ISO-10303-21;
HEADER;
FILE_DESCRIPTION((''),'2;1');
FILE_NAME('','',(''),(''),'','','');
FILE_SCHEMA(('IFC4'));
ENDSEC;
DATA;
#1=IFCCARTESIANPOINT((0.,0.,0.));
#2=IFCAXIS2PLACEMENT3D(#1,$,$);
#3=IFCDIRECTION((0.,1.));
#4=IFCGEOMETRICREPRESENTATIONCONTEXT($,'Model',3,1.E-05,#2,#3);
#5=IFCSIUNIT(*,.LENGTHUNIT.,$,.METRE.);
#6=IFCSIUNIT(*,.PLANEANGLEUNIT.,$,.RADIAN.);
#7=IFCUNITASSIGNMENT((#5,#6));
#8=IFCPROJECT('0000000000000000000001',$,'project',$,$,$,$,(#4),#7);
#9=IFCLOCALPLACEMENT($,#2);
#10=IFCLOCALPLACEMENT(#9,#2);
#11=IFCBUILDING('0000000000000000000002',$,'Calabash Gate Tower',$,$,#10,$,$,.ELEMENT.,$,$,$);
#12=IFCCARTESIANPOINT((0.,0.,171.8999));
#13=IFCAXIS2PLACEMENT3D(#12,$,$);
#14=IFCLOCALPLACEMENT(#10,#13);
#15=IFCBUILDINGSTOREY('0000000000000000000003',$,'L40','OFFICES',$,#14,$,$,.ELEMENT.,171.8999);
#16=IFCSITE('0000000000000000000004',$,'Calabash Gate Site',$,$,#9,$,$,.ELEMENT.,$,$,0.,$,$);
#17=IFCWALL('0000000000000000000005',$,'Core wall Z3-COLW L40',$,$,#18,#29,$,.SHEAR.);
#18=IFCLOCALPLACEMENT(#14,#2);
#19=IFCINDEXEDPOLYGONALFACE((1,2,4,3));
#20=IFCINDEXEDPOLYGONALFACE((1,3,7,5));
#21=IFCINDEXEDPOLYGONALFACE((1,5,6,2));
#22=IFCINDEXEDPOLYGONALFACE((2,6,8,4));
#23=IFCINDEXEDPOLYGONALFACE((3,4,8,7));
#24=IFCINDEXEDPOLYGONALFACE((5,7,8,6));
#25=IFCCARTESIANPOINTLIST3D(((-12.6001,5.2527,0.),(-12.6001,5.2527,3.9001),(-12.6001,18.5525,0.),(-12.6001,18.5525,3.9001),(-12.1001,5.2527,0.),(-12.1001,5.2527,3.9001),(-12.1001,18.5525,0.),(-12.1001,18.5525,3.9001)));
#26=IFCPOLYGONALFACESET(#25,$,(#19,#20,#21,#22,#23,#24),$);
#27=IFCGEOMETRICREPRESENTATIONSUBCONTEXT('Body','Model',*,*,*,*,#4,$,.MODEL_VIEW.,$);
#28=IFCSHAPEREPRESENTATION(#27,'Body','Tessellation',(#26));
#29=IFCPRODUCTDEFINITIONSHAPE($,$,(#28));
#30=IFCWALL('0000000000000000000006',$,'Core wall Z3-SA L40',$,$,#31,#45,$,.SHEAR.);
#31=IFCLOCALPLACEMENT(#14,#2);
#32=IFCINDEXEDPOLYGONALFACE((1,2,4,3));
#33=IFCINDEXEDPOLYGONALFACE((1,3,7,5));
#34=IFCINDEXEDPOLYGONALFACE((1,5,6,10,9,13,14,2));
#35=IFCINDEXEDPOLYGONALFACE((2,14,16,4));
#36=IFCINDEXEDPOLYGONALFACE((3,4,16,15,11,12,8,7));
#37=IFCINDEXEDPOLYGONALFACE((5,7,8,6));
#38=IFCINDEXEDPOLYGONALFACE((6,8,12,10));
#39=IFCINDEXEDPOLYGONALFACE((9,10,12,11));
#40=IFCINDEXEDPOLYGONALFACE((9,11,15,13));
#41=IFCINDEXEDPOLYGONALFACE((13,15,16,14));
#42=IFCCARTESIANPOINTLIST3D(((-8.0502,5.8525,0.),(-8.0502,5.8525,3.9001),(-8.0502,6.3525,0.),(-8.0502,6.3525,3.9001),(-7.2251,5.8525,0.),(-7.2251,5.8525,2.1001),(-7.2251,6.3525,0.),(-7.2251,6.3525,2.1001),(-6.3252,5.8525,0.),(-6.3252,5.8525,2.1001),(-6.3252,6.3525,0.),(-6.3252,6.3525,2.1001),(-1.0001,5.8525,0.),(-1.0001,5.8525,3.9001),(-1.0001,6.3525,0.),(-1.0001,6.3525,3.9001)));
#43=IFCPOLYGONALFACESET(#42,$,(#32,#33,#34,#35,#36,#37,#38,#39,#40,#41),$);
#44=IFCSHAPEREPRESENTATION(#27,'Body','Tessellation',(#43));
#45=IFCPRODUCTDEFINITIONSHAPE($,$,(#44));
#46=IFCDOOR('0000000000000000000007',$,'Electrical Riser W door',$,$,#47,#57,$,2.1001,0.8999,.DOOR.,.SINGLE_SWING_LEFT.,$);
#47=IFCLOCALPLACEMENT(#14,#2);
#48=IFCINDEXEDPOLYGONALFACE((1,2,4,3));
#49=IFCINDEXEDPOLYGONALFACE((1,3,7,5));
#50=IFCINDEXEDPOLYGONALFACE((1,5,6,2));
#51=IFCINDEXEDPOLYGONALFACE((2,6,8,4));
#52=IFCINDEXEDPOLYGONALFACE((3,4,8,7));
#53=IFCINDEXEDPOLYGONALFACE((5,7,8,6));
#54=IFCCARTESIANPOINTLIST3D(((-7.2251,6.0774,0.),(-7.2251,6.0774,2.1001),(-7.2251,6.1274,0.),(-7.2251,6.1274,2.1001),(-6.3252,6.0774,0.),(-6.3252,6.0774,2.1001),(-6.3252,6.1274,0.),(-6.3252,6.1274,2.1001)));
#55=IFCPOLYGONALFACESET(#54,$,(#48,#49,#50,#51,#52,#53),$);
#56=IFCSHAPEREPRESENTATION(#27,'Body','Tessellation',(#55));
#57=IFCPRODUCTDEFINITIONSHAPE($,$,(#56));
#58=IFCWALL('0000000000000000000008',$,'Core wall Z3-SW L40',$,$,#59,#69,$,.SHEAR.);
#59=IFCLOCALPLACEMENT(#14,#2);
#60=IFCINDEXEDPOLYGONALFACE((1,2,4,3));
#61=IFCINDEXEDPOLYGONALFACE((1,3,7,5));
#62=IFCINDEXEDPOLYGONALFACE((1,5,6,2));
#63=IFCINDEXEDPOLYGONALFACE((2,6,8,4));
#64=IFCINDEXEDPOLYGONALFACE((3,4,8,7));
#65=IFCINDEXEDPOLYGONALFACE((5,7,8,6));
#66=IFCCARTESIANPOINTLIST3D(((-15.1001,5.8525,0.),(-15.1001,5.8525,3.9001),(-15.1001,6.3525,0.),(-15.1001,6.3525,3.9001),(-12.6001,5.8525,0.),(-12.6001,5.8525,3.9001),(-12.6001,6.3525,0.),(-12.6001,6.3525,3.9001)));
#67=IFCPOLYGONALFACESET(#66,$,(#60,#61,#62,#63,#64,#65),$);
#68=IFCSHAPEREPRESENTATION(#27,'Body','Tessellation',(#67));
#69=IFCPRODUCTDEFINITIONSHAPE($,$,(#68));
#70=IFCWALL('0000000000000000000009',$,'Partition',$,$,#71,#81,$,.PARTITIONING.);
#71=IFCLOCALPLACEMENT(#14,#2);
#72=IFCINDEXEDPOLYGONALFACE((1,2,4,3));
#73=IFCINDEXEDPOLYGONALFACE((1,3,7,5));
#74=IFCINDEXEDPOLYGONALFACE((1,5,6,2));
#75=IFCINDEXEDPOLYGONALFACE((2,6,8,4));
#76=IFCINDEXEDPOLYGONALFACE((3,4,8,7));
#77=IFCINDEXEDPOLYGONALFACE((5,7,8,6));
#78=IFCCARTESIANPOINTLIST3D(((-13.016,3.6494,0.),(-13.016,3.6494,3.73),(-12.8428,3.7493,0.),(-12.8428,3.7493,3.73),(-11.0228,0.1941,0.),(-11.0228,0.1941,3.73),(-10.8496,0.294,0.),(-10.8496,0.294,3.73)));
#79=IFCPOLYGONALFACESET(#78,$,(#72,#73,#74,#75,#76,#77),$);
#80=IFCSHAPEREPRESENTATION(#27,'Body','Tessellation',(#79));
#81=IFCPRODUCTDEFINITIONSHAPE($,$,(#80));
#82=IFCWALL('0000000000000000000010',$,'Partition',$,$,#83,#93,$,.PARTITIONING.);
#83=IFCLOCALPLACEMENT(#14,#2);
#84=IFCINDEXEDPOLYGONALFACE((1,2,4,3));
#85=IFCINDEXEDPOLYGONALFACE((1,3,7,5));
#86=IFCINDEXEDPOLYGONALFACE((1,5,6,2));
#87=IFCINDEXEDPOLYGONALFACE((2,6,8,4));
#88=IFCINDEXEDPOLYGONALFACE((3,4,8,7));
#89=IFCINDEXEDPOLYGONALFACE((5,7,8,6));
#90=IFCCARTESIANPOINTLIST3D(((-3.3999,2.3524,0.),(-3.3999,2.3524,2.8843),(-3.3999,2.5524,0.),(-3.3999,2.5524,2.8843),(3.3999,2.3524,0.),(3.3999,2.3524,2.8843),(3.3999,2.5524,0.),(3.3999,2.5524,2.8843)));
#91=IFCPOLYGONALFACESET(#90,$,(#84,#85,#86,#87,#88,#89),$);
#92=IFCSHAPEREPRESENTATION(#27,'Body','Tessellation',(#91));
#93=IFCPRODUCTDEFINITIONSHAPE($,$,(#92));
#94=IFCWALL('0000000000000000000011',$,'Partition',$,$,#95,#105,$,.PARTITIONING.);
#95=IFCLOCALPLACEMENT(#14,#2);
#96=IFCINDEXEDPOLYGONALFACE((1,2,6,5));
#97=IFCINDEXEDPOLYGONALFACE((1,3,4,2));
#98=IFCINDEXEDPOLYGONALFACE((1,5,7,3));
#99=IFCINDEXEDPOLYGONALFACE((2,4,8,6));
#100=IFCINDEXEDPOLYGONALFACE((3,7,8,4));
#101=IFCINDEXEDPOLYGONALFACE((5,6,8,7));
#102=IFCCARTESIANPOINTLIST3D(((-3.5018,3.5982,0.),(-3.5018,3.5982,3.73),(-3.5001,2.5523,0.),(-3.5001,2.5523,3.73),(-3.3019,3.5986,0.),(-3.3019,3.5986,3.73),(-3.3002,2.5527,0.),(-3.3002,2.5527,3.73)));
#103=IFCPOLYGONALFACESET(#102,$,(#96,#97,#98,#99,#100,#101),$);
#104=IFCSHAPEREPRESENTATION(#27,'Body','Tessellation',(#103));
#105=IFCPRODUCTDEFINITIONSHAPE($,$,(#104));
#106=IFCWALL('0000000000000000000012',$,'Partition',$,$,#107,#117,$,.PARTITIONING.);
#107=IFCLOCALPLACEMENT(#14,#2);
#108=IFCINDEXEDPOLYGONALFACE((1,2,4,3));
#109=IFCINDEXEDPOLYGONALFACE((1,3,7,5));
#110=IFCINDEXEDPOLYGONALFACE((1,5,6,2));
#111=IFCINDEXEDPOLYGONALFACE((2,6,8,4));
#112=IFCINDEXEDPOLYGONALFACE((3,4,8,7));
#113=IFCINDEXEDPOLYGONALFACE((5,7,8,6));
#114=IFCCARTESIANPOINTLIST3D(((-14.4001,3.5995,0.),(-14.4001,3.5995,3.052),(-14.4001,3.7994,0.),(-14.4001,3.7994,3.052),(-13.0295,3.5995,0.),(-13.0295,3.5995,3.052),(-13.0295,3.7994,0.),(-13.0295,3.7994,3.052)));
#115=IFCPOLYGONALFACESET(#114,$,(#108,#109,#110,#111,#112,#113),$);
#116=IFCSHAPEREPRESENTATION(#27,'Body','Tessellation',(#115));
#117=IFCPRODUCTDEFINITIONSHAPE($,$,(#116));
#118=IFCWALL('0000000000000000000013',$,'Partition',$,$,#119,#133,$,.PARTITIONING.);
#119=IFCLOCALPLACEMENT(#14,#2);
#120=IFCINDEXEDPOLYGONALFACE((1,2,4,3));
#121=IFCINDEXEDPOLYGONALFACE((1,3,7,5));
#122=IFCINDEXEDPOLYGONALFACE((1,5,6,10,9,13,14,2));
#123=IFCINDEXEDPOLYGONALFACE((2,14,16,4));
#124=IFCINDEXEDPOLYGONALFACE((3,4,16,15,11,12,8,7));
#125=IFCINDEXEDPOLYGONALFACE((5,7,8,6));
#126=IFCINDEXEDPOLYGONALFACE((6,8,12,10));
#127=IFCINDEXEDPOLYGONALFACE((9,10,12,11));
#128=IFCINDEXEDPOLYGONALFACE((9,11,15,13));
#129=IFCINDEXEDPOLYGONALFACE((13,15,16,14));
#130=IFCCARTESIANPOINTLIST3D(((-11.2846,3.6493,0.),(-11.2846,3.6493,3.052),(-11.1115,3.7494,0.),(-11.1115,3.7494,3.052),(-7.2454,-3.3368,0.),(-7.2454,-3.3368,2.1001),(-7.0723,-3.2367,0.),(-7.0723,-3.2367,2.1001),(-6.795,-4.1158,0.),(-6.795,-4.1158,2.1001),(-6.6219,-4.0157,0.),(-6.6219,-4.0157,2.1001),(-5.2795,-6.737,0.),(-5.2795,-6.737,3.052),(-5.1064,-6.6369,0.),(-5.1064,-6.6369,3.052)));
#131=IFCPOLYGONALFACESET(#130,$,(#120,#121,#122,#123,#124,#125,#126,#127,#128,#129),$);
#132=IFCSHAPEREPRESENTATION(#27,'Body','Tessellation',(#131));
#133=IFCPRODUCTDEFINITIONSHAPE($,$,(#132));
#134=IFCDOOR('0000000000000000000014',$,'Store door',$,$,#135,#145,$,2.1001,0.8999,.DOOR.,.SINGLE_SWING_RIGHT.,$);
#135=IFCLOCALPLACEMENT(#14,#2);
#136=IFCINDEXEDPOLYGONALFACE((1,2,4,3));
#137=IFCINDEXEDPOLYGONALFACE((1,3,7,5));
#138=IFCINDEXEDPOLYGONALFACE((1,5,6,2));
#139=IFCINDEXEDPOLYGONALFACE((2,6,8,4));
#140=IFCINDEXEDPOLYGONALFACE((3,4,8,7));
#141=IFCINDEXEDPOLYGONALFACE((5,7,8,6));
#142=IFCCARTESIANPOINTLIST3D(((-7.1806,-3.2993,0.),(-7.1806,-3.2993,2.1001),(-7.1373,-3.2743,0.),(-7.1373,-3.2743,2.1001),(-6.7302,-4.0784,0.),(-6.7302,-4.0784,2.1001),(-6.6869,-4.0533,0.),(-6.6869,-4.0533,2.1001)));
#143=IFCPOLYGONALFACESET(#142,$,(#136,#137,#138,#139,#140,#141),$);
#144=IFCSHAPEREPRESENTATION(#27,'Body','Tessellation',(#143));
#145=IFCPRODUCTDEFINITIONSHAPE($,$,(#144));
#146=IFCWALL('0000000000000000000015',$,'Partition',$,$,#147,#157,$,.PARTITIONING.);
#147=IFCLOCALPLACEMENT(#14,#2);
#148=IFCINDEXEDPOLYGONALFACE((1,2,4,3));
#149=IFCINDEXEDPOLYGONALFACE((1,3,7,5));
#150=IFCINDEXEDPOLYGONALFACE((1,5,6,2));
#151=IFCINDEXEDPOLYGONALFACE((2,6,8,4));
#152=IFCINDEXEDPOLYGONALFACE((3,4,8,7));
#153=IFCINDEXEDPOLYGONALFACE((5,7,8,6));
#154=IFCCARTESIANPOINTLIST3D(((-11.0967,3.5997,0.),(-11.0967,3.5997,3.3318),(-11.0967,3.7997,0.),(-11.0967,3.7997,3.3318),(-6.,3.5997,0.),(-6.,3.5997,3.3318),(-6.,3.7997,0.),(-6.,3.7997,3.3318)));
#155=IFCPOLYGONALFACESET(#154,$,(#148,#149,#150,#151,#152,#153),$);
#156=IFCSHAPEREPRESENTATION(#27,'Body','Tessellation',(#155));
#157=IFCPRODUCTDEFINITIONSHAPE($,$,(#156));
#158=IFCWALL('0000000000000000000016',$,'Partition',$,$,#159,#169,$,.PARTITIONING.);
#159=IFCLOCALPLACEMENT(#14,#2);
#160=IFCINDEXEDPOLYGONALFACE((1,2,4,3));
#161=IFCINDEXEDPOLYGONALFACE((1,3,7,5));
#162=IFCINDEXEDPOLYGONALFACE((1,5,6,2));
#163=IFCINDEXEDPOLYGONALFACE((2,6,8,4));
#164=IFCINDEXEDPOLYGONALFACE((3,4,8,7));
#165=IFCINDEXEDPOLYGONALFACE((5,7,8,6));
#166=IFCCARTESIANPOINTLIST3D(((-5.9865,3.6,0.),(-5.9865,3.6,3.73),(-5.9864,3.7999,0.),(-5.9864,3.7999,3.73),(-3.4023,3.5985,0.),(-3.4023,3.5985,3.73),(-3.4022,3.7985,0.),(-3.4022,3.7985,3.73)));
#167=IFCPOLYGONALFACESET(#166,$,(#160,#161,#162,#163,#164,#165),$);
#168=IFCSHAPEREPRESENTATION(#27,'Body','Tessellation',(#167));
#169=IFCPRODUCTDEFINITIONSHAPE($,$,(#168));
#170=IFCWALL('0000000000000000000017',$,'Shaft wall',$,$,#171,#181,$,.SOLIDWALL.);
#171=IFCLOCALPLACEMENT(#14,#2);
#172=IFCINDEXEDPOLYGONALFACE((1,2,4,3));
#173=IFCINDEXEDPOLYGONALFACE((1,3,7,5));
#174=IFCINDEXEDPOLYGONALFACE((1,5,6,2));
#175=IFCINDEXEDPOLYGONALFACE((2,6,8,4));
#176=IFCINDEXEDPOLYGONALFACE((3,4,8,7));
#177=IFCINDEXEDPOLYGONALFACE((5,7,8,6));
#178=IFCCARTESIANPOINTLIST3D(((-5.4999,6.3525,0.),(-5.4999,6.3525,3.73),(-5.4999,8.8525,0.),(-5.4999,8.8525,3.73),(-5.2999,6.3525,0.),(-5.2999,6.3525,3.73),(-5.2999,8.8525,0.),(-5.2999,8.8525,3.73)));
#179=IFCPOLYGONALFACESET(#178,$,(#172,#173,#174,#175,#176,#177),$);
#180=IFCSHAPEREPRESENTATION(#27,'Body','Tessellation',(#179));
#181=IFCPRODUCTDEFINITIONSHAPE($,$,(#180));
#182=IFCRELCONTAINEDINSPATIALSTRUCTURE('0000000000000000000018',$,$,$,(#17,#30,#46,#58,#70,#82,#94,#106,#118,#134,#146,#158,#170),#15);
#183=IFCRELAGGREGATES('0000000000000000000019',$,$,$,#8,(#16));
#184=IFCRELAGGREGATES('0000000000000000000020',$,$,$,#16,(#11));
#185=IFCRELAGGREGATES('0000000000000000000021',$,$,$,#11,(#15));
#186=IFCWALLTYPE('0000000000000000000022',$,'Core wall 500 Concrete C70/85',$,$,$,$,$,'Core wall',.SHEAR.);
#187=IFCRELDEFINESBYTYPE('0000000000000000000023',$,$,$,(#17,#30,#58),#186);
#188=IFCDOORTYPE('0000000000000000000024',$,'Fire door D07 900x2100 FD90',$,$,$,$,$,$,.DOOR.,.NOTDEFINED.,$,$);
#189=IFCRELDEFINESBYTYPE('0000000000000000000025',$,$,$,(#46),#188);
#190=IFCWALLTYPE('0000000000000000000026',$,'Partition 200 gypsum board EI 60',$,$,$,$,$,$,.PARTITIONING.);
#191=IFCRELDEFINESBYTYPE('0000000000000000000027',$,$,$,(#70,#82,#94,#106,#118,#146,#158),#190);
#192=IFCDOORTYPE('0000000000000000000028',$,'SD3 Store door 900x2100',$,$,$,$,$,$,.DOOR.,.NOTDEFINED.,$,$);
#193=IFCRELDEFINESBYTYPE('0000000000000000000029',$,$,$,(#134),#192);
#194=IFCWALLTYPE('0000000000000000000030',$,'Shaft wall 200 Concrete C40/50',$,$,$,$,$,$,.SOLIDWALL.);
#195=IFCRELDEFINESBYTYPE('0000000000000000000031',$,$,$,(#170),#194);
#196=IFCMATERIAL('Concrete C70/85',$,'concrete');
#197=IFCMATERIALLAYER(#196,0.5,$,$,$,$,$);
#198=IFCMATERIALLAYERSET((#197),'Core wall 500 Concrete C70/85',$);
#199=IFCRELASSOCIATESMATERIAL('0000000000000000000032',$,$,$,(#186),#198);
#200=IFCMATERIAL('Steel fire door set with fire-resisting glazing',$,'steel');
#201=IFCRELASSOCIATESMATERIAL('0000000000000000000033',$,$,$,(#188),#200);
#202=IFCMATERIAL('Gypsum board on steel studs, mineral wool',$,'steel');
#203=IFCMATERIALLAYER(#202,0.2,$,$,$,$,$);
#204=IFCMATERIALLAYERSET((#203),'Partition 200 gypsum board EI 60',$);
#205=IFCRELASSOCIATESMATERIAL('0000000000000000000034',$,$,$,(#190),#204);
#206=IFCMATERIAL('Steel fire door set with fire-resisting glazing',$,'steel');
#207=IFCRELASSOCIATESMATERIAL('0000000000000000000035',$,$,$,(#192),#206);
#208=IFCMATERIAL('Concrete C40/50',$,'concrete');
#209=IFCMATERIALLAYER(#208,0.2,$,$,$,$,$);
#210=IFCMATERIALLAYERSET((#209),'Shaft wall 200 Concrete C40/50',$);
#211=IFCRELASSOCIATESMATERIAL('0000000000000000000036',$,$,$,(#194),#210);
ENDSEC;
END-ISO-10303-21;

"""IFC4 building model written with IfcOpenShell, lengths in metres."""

from ifc_helpers import new_model, si_unit, direction, frame, frame_2d, origin, place, context, subcontext, project, spatial, rectangle, extrude, material, layer, layer_set, type_object, element, fill, save


model = new_model("IFC4")

# Units and contexts
model_context = context("Model", 3, precision=1e-05, world=origin(), true_north=direction((0.0, 1.0)))
body_context = subcontext(model_context, "Body", "Model", "MODEL_VIEW")
ifc_project = project(units=[si_unit("LENGTHUNIT", "METRE"), si_unit("PLANEANGLEUNIT", "RADIAN")], contexts=[model_context])

# Site, building, storey
site_placement = place(None, origin())
site = spatial("IfcSite", under=ifc_project, at=site_placement, Name="Calabash Gate Site", CompositionType="ELEMENT", RefElevation=0.0)
building_placement = place(site_placement, origin())
building = spatial("IfcBuilding", under=site, at=building_placement, Name="Calabash Gate Tower", CompositionType="ELEMENT")
storey_placement = place(building_placement, frame((0.0, 0.0, 171.8999)))
storey = spatial("IfcBuildingStorey", under=building, at=storey_placement, Name="L40", Description="OFFICES", CompositionType="ELEMENT", Elevation=171.8999)

# Wall
ifc_material_1 = material(Name="Concrete C70/85", Category="concrete")
ifc_layer_1 = layer(ifc_material_1, 0.5)
ifc_layer_set_1 = layer_set([ifc_layer_1], Name="Core wall 500 Concrete C70/85")
wall_type_1 = type_object("IfcWallType", Name="Core wall 500 Concrete C70/85", ElementType="Core wall", PredefinedType="SHEAR", material=ifc_layer_set_1)
wall_1_placement = place(storey_placement, frame((-12.3501, 5.2527, 0.0), z_axis=(0.0, 0.0, 1.0), x_axis=(0.0, 1.0, 0.0)))
element("IfcWall", 1, at=wall_1_placement, inside=storey, type_object=wall_type_1, Name="Core wall Z3-COLW L40", PredefinedType="SHEAR", context=body_context, shape_type="SweptSolid", body=[
    extrude(rectangle(XDim=13.2998, YDim=0.5, at=frame_2d((6.6499, 0.0))), origin(), (0.0, 0.0, 1.0), 3.9001),
])

# Wall, opening, door
wall_2_placement = place(storey_placement, frame((-8.05, 6.1025, 0.0), z_axis=(0.0, 0.0, 1.0), x_axis=(1.0, 0.0, 0.0)))
wall_2 = element("IfcWall", 2, at=wall_2_placement, inside=storey, type_object=wall_type_1, Name="Core wall Z3-SA L40", PredefinedType="SHEAR", context=body_context, shape_type="SweptSolid", body=[
    extrude(rectangle(XDim=7.05, YDim=0.5, at=frame_2d((3.5249, 0.0))), origin(), (0.0, 0.0, 1.0), 3.9001),
])
opening_1_placement = place(wall_2_placement, frame((0.825, 0.0, 0.0)))
opening_1 = element("IfcOpeningElement", 3, at=opening_1_placement, cuts=wall_2, PredefinedType="OPENING", context=body_context, shape_type="SweptSolid", body=[
    extrude(rectangle(XDim=0.8999, YDim=2.1001, at=frame_2d((0.45, 1.05))), frame((0.0, 0.26, 0.0), z_axis=(0.0, -1.0, 0.0), x_axis=(1.0, 0.0, 0.0)), (0.0, 0.0, 1.0), 0.52),
])
ifc_material_2 = material(Name="Steel fire door set with fire-resisting glazing", Category="steel")
door_type_1 = type_object("IfcDoorType", Name="Fire door D07 900x2100 FD90", OperationType="NOTDEFINED", PredefinedType="DOOR", material=ifc_material_2)
door_1_placement = place(opening_1_placement, origin())
door_1 = element("IfcDoor", 4, at=door_1_placement, inside=storey, type_object=door_type_1, Name="Electrical Riser W door", OperationType="SINGLE_SWING_LEFT", OverallHeight=2.1001, OverallWidth=0.8999, PredefinedType="DOOR", context=body_context, shape_type="SweptSolid", body=[
    extrude(rectangle(XDim=0.8999, YDim=2.1001, at=frame_2d((0.45, 1.05))), frame((0.0, 0.0249, 0.0), z_axis=(0.0, -1.0, 0.0), x_axis=(1.0, 0.0, 0.0)), (0.0, 0.0, 1.0), 0.05),
])
fill(opening_1, door_1)

# Walls
wall_3_placement = place(storey_placement, frame((-12.6001, 6.1025, 0.0), z_axis=(0.0, 0.0, 1.0), x_axis=(-1.0, 0.0, 0.0)))
element("IfcWall", 5, at=wall_3_placement, inside=storey, type_object=wall_type_1, Name="Core wall Z3-SW L40", PredefinedType="SHEAR", context=body_context, shape_type="SweptSolid", body=[
    extrude(rectangle(XDim=2.5, YDim=0.5, at=frame_2d((1.25, 0.0))), origin(), (0.0, 0.0, 1.0), 3.9001),
])
ifc_material_3 = material(Name="Gypsum board on steel studs, mineral wool", Category="steel")
ifc_layer_2 = layer(ifc_material_3, 0.2)
ifc_layer_set_2 = layer_set([ifc_layer_2], Name="Partition 200 gypsum board EI 60")
wall_type_2 = type_object("IfcWallType", Name="Partition 200 gypsum board EI 60", PredefinedType="PARTITIONING", material=ifc_layer_set_2)
wall_4_placement = place(storey_placement, frame((-12.9294, 3.6995, 0.0), z_axis=(0.0, 0.0, 1.0), x_axis=(0.499668, -0.866217, 0.0)))
element("IfcWall", 6, at=wall_4_placement, inside=storey, type_object=wall_type_2, Name="Partition", PredefinedType="PARTITIONING", context=body_context, shape_type="SweptSolid", body=[
    extrude(rectangle(XDim=3.989, YDim=0.2, at=frame_2d((1.9946, 0.0))), origin(), (0.0, 0.0, 1.0), 3.73),
])
wall_5_placement = place(storey_placement, frame((-3.3999, 2.4524, 0.0), z_axis=(0.0, 0.0, 1.0), x_axis=(1.0, 0.0, 0.0)))
element("IfcWall", 7, at=wall_5_placement, inside=storey, type_object=wall_type_2, Name="Partition", PredefinedType="PARTITIONING", context=body_context, shape_type="SweptSolid", body=[
    extrude(rectangle(XDim=6.7998, YDim=0.2, at=frame_2d((3.3999, 0.0))), origin(), (0.0, 0.0, 1.0), 2.8843),
])
wall_6_placement = place(storey_placement, frame((-3.4019, 3.5984, 0.0), z_axis=(0.0, 0.0, 1.0), x_axis=(0.001634, -0.999999, 0.0)))
element("IfcWall", 8, at=wall_6_placement, inside=storey, type_object=wall_type_2, Name="Partition", PredefinedType="PARTITIONING", context=body_context, shape_type="SweptSolid", body=[
    extrude(rectangle(XDim=1.0459, YDim=0.2, at=frame_2d((0.5229, 0.0))), origin(), (0.0, 0.0, 1.0), 3.73),
])
wall_7_placement = place(storey_placement, frame((-14.4001, 3.6995, 0.0), z_axis=(0.0, 0.0, 1.0), x_axis=(1.0, 0.0, 0.0)))
element("IfcWall", 9, at=wall_7_placement, inside=storey, type_object=wall_type_2, Name="Partition", PredefinedType="PARTITIONING", context=body_context, shape_type="SweptSolid", body=[
    extrude(rectangle(XDim=1.3706, YDim=0.2, at=frame_2d((0.6853, 0.0))), origin(), (0.0, 0.0, 1.0), 3.052),
])

# Wall, opening, door
wall_8_placement = place(storey_placement, frame((-11.198, 3.6992, 0.0), z_axis=(0.0, 0.0, 1.0), x_axis=(0.50054, -0.865714, 0.0)))
wall_8 = element("IfcWall", 10, at=wall_8_placement, inside=storey, type_object=wall_type_2, Name="Partition", PredefinedType="PARTITIONING", context=body_context, shape_type="SweptSolid", body=[
    extrude(rectangle(XDim=11.9973, YDim=0.2, at=frame_2d((5.9985, 0.0))), origin(), (0.0, 0.0, 1.0), 3.052),
])
opening_2_placement = place(wall_8_placement, frame((8.0696, 0.0, 0.0)))
opening_2 = element("IfcOpeningElement", 11, at=opening_2_placement, cuts=wall_8, PredefinedType="OPENING", context=body_context, shape_type="SweptSolid", body=[
    extrude(rectangle(XDim=0.8999, YDim=2.1001, at=frame_2d((0.45, 1.05))), frame((0.0, 0.1099, 0.0), z_axis=(0.0, -1.0, 0.0), x_axis=(1.0, 0.0, 0.0)), (0.0, 0.0, 1.0), 0.22),
])
ifc_material_4 = material(Name="Steel fire door set with fire-resisting glazing", Category="steel")
door_type_2 = type_object("IfcDoorType", Name="SD3 Store door 900x2100", OperationType="NOTDEFINED", PredefinedType="DOOR", material=ifc_material_4)
door_2_placement = place(opening_2_placement, origin())
door_2 = element("IfcDoor", 12, at=door_2_placement, inside=storey, type_object=door_type_2, Name="Store door", OperationType="SINGLE_SWING_RIGHT", OverallHeight=2.1001, OverallWidth=0.8999, PredefinedType="DOOR", context=body_context, shape_type="SweptSolid", body=[
    extrude(rectangle(XDim=0.8999, YDim=2.1001, at=frame_2d((0.45, 1.05))), frame((0.0, 0.0249, 0.0), z_axis=(0.0, -1.0, 0.0), x_axis=(1.0, 0.0, 0.0)), (0.0, 0.0, 1.0), 0.05),
])
fill(opening_2, door_2)

# Walls
wall_9_placement = place(storey_placement, frame((-11.0967, 3.6997, 0.0), z_axis=(0.0, 0.0, 1.0), x_axis=(1.0, 0.0, 0.0)))
element("IfcWall", 13, at=wall_9_placement, inside=storey, type_object=wall_type_2, Name="Partition", PredefinedType="PARTITIONING", context=body_context, shape_type="SweptSolid", body=[
    extrude(rectangle(XDim=5.0967, YDim=0.2, at=frame_2d((2.5483, 0.0))), origin(), (0.0, 0.0, 1.0), 3.3318),
])
wall_10_placement = place(storey_placement, frame((-5.9863, 3.7, 0.0), z_axis=(0.0, 0.0, 1.0), x_axis=(1.0, -0.000567, 0.0)))
element("IfcWall", 14, at=wall_10_placement, inside=storey, type_object=wall_type_2, Name="Partition", PredefinedType="PARTITIONING", context=body_context, shape_type="SweptSolid", body=[
    extrude(rectangle(XDim=2.5842, YDim=0.2, at=frame_2d((1.292, 0.0))), origin(), (0.0, 0.0, 1.0), 3.73),
])
ifc_material_5 = material(Name="Concrete C40/50", Category="concrete")
ifc_layer_3 = layer(ifc_material_5, 0.2)
ifc_layer_set_3 = layer_set([ifc_layer_3], Name="Shaft wall 200 Concrete C40/50")
wall_type_3 = type_object("IfcWallType", Name="Shaft wall 200 Concrete C40/50", PredefinedType="SOLIDWALL", material=ifc_layer_set_3)
for number, where, z_axis, x_axis, name in (
    (15, (-5.3999, 6.3525, 0.0), (0.0, 0.0, 1.0), (0.0, 1.0, 0.0), "Shaft wall"),
):
    element("IfcWall", number, at=place(storey_placement, frame(where, z_axis=z_axis, x_axis=x_axis)), inside=storey, type_object=wall_type_3, Name=name, PredefinedType="SOLIDWALL", context=body_context, shape_type="SweptSolid", body=[
        extrude(rectangle(XDim=2.5, YDim=0.2, at=frame_2d((1.25, 0.0))), origin(), (0.0, 0.0, 1.0), 3.73),
    ])

save(model, "model.ifc")
